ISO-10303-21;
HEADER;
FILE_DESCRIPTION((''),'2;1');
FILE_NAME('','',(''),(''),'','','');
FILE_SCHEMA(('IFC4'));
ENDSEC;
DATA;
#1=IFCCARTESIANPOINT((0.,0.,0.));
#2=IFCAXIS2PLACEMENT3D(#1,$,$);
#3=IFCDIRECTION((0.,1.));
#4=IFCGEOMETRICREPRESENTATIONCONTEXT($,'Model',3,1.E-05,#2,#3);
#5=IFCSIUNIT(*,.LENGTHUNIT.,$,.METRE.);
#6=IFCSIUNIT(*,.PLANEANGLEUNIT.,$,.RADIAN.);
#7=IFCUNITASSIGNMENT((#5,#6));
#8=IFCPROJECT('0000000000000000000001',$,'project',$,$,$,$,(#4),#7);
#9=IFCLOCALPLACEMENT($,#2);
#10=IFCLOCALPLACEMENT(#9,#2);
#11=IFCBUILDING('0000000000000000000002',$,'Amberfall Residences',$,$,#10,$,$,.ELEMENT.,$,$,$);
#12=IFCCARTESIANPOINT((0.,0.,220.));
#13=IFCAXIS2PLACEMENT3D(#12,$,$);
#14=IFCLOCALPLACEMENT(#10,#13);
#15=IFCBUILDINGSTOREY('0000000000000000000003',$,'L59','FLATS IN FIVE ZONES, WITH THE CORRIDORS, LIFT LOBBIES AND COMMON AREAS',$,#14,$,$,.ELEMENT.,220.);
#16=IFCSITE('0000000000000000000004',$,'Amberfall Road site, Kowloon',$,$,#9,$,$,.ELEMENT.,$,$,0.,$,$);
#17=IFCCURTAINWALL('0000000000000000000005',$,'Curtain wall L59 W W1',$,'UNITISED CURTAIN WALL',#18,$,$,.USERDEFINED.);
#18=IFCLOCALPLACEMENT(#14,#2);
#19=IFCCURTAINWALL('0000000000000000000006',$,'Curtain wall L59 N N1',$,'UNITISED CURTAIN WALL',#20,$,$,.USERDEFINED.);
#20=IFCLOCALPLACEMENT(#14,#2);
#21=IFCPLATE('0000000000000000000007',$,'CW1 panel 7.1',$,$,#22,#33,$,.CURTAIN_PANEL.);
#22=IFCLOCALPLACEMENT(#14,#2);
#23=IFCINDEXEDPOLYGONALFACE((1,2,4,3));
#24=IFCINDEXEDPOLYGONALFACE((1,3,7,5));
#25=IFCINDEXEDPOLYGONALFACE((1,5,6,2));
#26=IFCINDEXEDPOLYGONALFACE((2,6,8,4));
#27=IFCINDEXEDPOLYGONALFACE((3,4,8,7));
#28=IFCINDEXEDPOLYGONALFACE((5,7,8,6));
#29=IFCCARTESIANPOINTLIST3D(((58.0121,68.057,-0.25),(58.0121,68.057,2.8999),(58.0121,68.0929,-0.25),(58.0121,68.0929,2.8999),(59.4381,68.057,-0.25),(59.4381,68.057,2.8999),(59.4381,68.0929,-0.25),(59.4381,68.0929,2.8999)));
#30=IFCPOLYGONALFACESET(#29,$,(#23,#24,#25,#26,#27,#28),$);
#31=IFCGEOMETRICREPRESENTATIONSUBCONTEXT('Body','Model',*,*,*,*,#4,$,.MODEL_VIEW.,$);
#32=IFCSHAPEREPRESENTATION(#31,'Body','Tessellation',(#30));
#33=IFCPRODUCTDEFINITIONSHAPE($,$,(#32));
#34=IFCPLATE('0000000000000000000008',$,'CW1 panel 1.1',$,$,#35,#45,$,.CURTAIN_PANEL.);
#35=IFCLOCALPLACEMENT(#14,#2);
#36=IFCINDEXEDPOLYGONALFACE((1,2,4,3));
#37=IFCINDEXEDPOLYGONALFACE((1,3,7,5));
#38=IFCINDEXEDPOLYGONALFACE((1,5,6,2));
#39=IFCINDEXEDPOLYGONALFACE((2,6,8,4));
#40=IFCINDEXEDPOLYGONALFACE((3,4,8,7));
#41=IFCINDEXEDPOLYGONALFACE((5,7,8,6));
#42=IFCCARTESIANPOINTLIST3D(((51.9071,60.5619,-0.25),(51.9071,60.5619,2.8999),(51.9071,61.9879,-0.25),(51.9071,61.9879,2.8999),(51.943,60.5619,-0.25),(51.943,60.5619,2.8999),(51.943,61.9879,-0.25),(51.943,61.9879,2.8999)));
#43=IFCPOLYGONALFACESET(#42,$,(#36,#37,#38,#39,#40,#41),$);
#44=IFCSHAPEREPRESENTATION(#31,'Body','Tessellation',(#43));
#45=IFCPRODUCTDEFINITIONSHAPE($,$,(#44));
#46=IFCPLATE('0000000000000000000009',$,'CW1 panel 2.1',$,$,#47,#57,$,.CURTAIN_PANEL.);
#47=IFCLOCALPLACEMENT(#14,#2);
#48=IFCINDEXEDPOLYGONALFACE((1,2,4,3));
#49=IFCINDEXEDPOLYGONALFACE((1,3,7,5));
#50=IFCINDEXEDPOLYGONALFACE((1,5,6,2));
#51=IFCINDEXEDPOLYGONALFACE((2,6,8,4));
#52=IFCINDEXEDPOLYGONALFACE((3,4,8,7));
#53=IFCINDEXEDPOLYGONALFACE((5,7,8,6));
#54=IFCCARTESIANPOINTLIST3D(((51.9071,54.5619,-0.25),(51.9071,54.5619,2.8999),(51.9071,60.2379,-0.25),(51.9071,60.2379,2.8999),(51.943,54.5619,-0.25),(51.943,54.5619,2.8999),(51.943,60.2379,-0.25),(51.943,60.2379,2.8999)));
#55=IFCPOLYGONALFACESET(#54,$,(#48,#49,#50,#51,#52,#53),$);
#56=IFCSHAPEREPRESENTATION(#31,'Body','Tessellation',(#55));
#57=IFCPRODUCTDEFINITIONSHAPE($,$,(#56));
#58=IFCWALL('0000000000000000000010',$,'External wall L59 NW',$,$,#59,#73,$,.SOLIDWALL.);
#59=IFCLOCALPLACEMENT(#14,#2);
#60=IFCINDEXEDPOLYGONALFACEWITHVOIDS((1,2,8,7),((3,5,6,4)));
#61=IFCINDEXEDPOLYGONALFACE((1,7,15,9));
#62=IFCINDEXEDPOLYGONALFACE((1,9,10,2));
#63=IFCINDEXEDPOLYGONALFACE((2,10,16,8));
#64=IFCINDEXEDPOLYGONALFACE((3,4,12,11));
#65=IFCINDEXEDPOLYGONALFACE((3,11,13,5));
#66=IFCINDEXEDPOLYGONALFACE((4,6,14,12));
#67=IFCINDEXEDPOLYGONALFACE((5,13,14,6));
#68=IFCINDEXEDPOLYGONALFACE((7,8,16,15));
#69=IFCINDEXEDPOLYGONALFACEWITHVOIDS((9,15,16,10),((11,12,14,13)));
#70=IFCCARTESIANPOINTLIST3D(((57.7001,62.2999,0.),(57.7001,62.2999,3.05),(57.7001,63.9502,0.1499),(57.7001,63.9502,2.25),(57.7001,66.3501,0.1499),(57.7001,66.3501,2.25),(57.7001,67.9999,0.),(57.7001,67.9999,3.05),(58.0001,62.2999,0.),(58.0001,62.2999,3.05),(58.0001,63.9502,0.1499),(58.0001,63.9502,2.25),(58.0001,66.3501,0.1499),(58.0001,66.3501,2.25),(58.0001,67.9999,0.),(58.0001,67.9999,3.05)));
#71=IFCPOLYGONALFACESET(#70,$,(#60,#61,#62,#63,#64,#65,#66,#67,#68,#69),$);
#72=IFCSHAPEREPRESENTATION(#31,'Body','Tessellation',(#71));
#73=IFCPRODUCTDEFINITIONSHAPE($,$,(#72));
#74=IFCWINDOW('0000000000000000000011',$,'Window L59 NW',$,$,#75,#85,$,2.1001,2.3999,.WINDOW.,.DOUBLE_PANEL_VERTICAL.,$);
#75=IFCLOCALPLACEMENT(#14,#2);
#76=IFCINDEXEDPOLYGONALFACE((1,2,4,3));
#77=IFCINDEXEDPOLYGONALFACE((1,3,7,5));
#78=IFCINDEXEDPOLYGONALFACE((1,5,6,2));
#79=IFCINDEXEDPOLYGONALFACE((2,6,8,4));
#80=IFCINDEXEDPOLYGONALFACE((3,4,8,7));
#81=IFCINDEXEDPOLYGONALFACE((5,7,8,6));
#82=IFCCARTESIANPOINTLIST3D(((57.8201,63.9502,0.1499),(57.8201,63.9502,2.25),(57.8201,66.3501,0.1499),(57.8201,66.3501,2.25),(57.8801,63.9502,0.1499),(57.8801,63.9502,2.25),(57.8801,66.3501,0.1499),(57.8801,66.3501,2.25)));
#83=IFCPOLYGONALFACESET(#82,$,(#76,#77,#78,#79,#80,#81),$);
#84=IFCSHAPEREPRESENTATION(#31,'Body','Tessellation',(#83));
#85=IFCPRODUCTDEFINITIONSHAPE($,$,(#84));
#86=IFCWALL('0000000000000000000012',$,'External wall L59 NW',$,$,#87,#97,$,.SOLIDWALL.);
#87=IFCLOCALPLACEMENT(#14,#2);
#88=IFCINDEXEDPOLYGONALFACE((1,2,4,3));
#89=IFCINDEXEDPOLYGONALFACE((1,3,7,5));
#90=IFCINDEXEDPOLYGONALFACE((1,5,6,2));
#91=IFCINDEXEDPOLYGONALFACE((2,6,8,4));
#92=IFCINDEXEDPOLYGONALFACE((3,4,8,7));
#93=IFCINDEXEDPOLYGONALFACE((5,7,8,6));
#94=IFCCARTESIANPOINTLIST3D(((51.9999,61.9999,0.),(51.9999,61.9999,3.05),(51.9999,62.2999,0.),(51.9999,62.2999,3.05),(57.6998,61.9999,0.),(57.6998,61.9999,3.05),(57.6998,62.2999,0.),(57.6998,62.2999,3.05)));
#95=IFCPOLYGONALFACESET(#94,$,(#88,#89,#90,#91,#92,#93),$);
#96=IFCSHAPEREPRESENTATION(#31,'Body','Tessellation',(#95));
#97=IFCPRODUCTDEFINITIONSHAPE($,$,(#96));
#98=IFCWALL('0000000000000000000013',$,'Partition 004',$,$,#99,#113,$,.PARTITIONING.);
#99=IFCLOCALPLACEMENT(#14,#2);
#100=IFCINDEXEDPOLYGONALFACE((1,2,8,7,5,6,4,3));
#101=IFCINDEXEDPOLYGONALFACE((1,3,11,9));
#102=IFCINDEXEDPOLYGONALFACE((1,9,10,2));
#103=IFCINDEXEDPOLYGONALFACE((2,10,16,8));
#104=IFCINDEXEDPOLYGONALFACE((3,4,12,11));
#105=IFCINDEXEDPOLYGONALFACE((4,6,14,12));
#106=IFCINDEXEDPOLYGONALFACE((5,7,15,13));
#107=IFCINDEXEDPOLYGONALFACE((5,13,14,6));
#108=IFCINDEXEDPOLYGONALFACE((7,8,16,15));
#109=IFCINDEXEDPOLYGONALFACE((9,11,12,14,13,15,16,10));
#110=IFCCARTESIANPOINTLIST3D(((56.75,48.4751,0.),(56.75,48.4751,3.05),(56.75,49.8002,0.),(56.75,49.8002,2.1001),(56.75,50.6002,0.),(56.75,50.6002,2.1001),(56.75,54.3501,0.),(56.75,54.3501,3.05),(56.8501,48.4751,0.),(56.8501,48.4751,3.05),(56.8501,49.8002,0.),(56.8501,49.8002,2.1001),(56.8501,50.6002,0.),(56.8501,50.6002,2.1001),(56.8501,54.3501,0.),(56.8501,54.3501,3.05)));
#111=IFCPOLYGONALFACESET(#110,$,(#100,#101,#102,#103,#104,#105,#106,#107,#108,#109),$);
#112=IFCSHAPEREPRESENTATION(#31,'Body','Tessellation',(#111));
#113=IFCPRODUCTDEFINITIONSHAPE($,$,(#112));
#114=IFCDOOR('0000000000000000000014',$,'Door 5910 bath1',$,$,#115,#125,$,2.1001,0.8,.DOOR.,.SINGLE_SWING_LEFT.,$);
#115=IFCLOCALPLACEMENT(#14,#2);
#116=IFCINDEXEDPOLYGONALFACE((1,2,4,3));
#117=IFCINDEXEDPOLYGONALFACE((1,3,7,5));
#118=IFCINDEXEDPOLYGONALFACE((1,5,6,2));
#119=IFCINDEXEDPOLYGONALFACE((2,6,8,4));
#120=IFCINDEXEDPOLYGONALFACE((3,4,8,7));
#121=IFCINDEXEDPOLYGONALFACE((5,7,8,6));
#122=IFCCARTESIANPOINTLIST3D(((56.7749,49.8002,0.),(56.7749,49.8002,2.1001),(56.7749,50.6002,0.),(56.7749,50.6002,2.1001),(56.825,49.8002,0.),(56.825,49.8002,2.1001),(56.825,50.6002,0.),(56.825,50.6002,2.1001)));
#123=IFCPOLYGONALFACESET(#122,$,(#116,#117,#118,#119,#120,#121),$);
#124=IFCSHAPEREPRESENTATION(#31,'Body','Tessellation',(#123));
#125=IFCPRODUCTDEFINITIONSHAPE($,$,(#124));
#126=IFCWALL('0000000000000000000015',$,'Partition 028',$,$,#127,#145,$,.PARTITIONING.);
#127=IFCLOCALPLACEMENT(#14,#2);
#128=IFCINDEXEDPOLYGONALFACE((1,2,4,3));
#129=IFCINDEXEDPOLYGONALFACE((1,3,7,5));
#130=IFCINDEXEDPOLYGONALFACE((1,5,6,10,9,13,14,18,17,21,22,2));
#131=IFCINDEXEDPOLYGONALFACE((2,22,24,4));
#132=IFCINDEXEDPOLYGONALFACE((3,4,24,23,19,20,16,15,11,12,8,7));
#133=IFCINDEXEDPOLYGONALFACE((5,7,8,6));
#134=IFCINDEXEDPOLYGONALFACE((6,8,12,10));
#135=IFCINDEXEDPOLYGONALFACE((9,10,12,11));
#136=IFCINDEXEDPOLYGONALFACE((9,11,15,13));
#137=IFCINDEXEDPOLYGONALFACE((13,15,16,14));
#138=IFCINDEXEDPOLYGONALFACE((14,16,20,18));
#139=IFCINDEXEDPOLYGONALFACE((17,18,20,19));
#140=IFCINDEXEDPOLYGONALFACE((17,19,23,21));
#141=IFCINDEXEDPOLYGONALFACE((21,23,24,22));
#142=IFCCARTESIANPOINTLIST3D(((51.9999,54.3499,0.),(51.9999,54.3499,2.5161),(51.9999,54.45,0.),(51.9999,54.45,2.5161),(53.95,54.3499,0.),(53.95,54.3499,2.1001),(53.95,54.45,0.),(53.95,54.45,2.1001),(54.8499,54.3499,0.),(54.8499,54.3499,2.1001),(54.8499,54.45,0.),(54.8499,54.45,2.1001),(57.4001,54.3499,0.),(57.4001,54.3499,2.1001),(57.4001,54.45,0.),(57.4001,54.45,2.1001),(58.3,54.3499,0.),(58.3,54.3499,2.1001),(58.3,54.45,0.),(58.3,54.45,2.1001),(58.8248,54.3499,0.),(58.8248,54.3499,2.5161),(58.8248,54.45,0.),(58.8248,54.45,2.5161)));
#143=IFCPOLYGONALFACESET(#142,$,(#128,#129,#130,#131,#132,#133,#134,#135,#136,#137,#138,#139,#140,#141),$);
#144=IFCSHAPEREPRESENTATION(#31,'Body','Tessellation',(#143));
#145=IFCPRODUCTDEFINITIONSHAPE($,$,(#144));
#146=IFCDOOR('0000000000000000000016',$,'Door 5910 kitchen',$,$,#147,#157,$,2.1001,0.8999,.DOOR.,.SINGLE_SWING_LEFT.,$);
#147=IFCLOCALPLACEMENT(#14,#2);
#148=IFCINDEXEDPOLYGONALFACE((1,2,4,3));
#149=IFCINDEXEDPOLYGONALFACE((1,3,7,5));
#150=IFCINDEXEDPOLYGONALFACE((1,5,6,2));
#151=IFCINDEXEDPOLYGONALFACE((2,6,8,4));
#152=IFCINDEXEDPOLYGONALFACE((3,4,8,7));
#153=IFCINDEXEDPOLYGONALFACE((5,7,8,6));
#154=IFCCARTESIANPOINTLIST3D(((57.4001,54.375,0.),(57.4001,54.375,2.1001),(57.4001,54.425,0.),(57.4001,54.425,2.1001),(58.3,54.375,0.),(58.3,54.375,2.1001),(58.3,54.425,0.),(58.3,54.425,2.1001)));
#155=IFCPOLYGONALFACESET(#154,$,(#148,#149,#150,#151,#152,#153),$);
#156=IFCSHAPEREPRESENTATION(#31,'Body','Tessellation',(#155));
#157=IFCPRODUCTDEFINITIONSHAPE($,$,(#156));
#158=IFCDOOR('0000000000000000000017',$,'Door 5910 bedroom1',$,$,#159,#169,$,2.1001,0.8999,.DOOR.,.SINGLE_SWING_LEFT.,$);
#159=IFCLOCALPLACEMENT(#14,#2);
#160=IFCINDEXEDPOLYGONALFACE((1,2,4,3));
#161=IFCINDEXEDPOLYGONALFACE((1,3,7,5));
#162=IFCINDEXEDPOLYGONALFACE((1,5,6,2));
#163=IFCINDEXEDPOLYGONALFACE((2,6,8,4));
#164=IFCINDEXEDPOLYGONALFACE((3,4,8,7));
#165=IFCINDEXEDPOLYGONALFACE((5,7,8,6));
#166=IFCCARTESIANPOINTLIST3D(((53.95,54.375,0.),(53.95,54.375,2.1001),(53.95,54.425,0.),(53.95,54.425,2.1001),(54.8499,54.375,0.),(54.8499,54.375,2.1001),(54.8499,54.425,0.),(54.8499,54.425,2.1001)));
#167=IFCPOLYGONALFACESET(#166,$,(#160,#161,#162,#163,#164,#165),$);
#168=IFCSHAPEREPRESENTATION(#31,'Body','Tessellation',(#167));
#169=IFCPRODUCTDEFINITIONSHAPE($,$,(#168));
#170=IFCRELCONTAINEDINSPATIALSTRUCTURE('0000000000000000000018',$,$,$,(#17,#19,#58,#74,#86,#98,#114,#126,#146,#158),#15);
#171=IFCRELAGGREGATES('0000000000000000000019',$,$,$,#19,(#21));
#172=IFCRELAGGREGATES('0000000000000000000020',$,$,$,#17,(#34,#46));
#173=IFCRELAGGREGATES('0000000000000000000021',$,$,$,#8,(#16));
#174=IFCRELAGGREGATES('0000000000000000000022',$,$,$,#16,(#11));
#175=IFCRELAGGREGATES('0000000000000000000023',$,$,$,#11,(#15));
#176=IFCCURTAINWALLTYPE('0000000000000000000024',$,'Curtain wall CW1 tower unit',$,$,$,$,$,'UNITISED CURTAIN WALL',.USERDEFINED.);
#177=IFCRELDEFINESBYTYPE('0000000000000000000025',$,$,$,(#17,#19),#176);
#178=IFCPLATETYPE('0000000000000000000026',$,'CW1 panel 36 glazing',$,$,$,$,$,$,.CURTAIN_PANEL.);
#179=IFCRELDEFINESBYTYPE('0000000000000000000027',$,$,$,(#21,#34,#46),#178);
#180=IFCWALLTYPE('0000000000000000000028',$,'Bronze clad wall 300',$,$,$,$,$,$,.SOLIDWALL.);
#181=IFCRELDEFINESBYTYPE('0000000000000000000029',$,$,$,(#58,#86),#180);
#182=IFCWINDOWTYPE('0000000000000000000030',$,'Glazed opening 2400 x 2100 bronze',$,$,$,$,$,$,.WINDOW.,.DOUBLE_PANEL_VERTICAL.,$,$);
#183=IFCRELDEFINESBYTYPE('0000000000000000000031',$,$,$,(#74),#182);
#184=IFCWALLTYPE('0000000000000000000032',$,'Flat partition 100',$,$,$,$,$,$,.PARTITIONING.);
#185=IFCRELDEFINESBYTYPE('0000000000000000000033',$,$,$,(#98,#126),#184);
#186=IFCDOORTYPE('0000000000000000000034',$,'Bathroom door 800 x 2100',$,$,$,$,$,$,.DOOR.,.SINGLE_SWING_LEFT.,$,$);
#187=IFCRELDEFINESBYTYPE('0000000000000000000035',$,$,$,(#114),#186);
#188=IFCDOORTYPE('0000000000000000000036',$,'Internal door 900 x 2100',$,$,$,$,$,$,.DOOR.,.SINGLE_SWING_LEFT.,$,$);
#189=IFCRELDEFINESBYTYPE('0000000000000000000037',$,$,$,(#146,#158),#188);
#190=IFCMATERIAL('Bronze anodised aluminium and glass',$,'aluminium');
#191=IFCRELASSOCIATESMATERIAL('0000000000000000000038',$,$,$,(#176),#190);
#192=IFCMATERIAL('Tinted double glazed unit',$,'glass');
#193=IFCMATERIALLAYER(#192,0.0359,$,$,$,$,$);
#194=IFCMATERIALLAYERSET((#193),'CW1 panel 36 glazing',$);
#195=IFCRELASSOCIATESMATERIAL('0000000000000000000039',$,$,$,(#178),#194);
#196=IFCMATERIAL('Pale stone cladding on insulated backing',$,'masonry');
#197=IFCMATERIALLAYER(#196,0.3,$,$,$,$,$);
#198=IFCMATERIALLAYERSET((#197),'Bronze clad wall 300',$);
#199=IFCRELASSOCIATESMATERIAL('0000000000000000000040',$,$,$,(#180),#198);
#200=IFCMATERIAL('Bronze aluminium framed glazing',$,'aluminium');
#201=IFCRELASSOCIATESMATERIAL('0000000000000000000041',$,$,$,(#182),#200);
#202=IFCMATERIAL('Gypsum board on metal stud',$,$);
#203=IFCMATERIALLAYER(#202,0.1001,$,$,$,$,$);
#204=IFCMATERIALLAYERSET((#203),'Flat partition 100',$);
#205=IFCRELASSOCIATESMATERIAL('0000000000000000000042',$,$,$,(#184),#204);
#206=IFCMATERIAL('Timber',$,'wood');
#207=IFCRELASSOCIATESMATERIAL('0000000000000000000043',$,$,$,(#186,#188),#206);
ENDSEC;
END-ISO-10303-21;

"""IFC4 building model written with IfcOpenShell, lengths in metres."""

from ifc_helpers import new_model, si_unit, direction, frame, frame_2d, origin, origin_2d, place, context, subcontext, project, spatial, rectangle, extrude, material, layer, layer_set, type_object, element, fill, aggregate, save


model = new_model("IFC4")

# Units and contexts
model_context = context("Model", 3, precision=1e-05, world=origin(), true_north=direction((0.0, 1.0)))
body_context = subcontext(model_context, "Body", "Model", "MODEL_VIEW")
ifc_project = project(units=[si_unit("LENGTHUNIT", "METRE"), si_unit("PLANEANGLEUNIT", "RADIAN")], contexts=[model_context])

# Site, building, storey
site_placement = place(None, origin())
site = spatial("IfcSite", under=ifc_project, at=site_placement, Name="Amberfall Road site, Kowloon", CompositionType="ELEMENT", RefElevation=0.0)
building_placement = place(site_placement, origin())
building = spatial("IfcBuilding", under=site, at=building_placement, Name="Amberfall Residences", CompositionType="ELEMENT")
storey_placement = place(building_placement, frame((0.0, 0.0, 220.0)))
storey = spatial("IfcBuildingStorey", under=building, at=storey_placement, Name="L59", Description="FLATS IN FIVE ZONES, WITH THE CORRIDORS, LIFT LOBBIES AND COMMON AREAS", CompositionType="ELEMENT", Elevation=220.0)

# Curtain wall
ifc_material_1 = material(Name="Bronze anodised aluminium and glass", Category="aluminium")
curtain_wall_type = type_object("IfcCurtainWallType", Name="Curtain wall CW1 tower unit", ElementType="UNITISED CURTAIN WALL", PredefinedType="USERDEFINED", material=ifc_material_1)
curtain_wall_1_placement = place(storey_placement, origin())
curtain_wall_1 = element("IfcCurtainWall", 1, at=curtain_wall_1_placement, inside=storey, type_object=curtain_wall_type, Name="Curtain wall L59 W W1", ObjectType="UNITISED CURTAIN WALL", PredefinedType="USERDEFINED")

# Curtain wall
curtain_wall_2_placement = place(storey_placement, origin())
curtain_wall_2 = element("IfcCurtainWall", 2, at=curtain_wall_2_placement, inside=storey, type_object=curtain_wall_type, Name="Curtain wall L59 N N1", ObjectType="UNITISED CURTAIN WALL", PredefinedType="USERDEFINED")

# Plates
ifc_material_2 = material(Name="Tinted double glazed unit", Category="glass")
ifc_layer_1 = layer(ifc_material_2, 0.0359)
ifc_layer_set_1 = layer_set([ifc_layer_1], Name="CW1 panel 36 glazing")
plate_type = type_object("IfcPlateType", Name="CW1 panel 36 glazing", PredefinedType="CURTAIN_PANEL", material=ifc_layer_set_1)
plate_1_placement = place(storey_placement, frame((58.7251, 68.075, -0.25), z_axis=(0.0, 0.0, 1.0), x_axis=(-1.0, 0.0, 0.0)))
plate_1 = element("IfcPlate", 3, at=plate_1_placement, type_object=plate_type, Name="CW1 panel 7.1", PredefinedType="CURTAIN_PANEL", context=body_context, shape_type="SweptSolid", body=[
    extrude(rectangle(XDim=1.426, YDim=0.0359, at=origin_2d()), origin(), (0.0, 0.0, 1.0), 3.1499),
])
aggregate(curtain_wall_2, [plate_1])
plate_2_placement = place(storey_placement, frame((51.925, 61.2749, -0.25), z_axis=(0.0, 0.0, 1.0), x_axis=(0.0, -1.0, 0.0)))
plate_2 = element("IfcPlate", 4, at=plate_2_placement, type_object=plate_type, Name="CW1 panel 1.1", PredefinedType="CURTAIN_PANEL", context=body_context, shape_type="SweptSolid", body=[
    extrude(rectangle(XDim=1.426, YDim=0.0359, at=origin_2d()), origin(), (0.0, 0.0, 1.0), 3.1499),
])
plate_3_placement = place(storey_placement, frame((51.925, 57.3999, -0.25), z_axis=(0.0, 0.0, 1.0), x_axis=(0.0, -1.0, 0.0)))
plate_3 = element("IfcPlate", 5, at=plate_3_placement, type_object=plate_type, Name="CW1 panel 2.1", PredefinedType="CURTAIN_PANEL", context=body_context, shape_type="SweptSolid", body=[
    extrude(rectangle(XDim=5.676, YDim=0.0359, at=origin_2d()), origin(), (0.0, 0.0, 1.0), 3.1499),
])
aggregate(curtain_wall_1, [plate_2, plate_3])

# Wall, opening, window
ifc_material_3 = material(Name="Pale stone cladding on insulated backing", Category="masonry")
ifc_layer_2 = layer(ifc_material_3, 0.3)
ifc_layer_set_2 = layer_set([ifc_layer_2], Name="Bronze clad wall 300")
wall_type_1 = type_object("IfcWallType", Name="Bronze clad wall 300", PredefinedType="SOLIDWALL", material=ifc_layer_set_2)
wall_1_placement = place(storey_placement, frame((57.8501, 68.0, 0.0), z_axis=(0.0, 0.0, 1.0), x_axis=(0.0, -1.0, 0.0)))
wall_1 = element("IfcWall", 6, at=wall_1_placement, inside=storey, type_object=wall_type_1, Name="External wall L59 NW", PredefinedType="SOLIDWALL", context=body_context, shape_type="SweptSolid", body=[
    extrude(rectangle(XDim=5.7, YDim=0.3, at=frame_2d((2.8501, 0.0))), origin(), (0.0, 0.0, 1.0), 3.05),
])
opening_1_placement = place(wall_1_placement, frame((1.6499, 0.0, 0.1499)))
opening_1 = element("IfcOpeningElement", 7, at=opening_1_placement, cuts=wall_1, PredefinedType="OPENING", context=body_context, shape_type="SweptSolid", body=[
    extrude(rectangle(XDim=2.3999, YDim=2.1001, at=frame_2d((1.2, 1.05))), frame((0.0, 0.1599, 0.0), z_axis=(0.0, -1.0, 0.0), x_axis=(1.0, 0.0, 0.0)), (0.0, 0.0, 1.0), 0.3201),
])
ifc_material_4 = material(Name="Bronze aluminium framed glazing", Category="aluminium")
window_type = type_object("IfcWindowType", Name="Glazed opening 2400 x 2100 bronze", PartitioningType="DOUBLE_PANEL_VERTICAL", PredefinedType="WINDOW", material=ifc_material_4)
window_placement = place(opening_1_placement, origin())
window = element("IfcWindow", 8, at=window_placement, inside=storey, type_object=window_type, Name="Window L59 NW", OverallHeight=2.1001, OverallWidth=2.3999, PartitioningType="DOUBLE_PANEL_VERTICAL", PredefinedType="WINDOW", context=body_context, shape_type="SweptSolid", body=[
    extrude(rectangle(XDim=2.3999, YDim=2.1001, at=frame_2d((1.2, 1.05))), frame((0.0, 0.03, 0.0), z_axis=(0.0, -1.0, 0.0), x_axis=(1.0, 0.0, 0.0)), (0.0, 0.0, 1.0), 0.0601),
])
fill(opening_1, window)

# Wall
wall_2_placement = place(storey_placement, frame((57.7, 62.1499, 0.0), z_axis=(0.0, 0.0, 1.0), x_axis=(-1.0, 0.0, 0.0)))
element("IfcWall", 9, at=wall_2_placement, inside=storey, type_object=wall_type_1, Name="External wall L59 NW", PredefinedType="SOLIDWALL", context=body_context, shape_type="SweptSolid", body=[
    extrude(rectangle(XDim=5.7, YDim=0.3, at=frame_2d((2.8501, 0.0))), origin(), (0.0, 0.0, 1.0), 3.05),
])

# Wall, opening, door
ifc_material_5 = material(Name="Gypsum board on metal stud")
ifc_layer_3 = layer(ifc_material_5, 0.1001)
ifc_layer_set_3 = layer_set([ifc_layer_3], Name="Flat partition 100")
wall_type_2 = type_object("IfcWallType", Name="Flat partition 100", PredefinedType="PARTITIONING", material=ifc_layer_set_3)
wall_3_placement = place(storey_placement, frame((56.8, 54.3501, 0.0), z_axis=(0.0, 0.0, 1.0), x_axis=(0.0, -1.0, 0.0)))
wall_3 = element("IfcWall", 10, at=wall_3_placement, inside=storey, type_object=wall_type_2, Name="Partition 004", PredefinedType="PARTITIONING", context=body_context, shape_type="SweptSolid", body=[
    extrude(rectangle(XDim=5.875, YDim=0.1001, at=frame_2d((2.9375, 0.0))), origin(), (0.0, 0.0, 1.0), 3.05),
])
opening_2_placement = place(wall_3_placement, frame((3.75, 0.0, 0.0)))
opening_2 = element("IfcOpeningElement", 11, at=opening_2_placement, cuts=wall_3, PredefinedType="OPENING", context=body_context, shape_type="SweptSolid", body=[
    extrude(rectangle(XDim=0.8, YDim=2.1001, at=frame_2d((0.3999, 1.05))), frame((0.0, 0.0601, 0.0), z_axis=(0.0, -1.0, 0.0), x_axis=(1.0, 0.0, 0.0)), (0.0, 0.0, 1.0), 0.1201),
])
ifc_material_6 = material(Name="Timber", Category="wood")
door_type_1 = type_object("IfcDoorType", Name="Bathroom door 800 x 2100", OperationType="SINGLE_SWING_LEFT", PredefinedType="DOOR", material=ifc_material_6)
door_1_placement = place(opening_2_placement, origin())
door_1 = element("IfcDoor", 12, at=door_1_placement, inside=storey, type_object=door_type_1, Name="Door 5910 bath1", OperationType="SINGLE_SWING_LEFT", OverallHeight=2.1001, OverallWidth=0.8, PredefinedType="DOOR", context=body_context, shape_type="SweptSolid", body=[
    extrude(rectangle(XDim=0.8, YDim=2.1001, at=frame_2d((0.3999, 1.05))), frame((0.0, 0.0249, 0.0), z_axis=(0.0, -1.0, 0.0), x_axis=(1.0, 0.0, 0.0)), (0.0, 0.0, 1.0), 0.05),
])
fill(opening_2, door_1)

# Wall, openings, doors
wall_4_placement = place(storey_placement, frame((58.825, 54.3999, 0.0), z_axis=(0.0, 0.0, 1.0), x_axis=(-1.0, 0.0, 0.0)))
wall_4 = element("IfcWall", 13, at=wall_4_placement, inside=storey, type_object=wall_type_2, Name="Partition 028", PredefinedType="PARTITIONING", context=body_context, shape_type="SweptSolid", body=[
    extrude(rectangle(XDim=6.825, YDim=0.1001, at=frame_2d((3.4126, 0.0))), origin(), (0.0, 0.0, 1.0), 2.5161),
])
opening_3_placement = place(wall_4_placement, frame((0.5249, 0.0, 0.0)))
opening_3 = element("IfcOpeningElement", 14, at=opening_3_placement, cuts=wall_4, PredefinedType="OPENING", context=body_context, shape_type="SweptSolid", body=[
    extrude(rectangle(XDim=0.8999, YDim=2.1001, at=frame_2d((0.45, 1.05))), frame((0.0, 0.0601, 0.0), z_axis=(0.0, -1.0, 0.0), x_axis=(1.0, 0.0, 0.0)), (0.0, 0.0, 1.0), 0.1201),
])
opening_4_placement = place(wall_4_placement, frame((3.9751, 0.0, 0.0)))
opening_4 = element("IfcOpeningElement", 15, at=opening_4_placement, cuts=wall_4, PredefinedType="OPENING", context=body_context, shape_type="SweptSolid", body=[
    extrude(rectangle(XDim=0.8999, YDim=2.1001, at=frame_2d((0.45, 1.05))), frame((0.0, 0.0601, 0.0), z_axis=(0.0, -1.0, 0.0), x_axis=(1.0, 0.0, 0.0)), (0.0, 0.0, 1.0), 0.1201),
])
door_type_2 = type_object("IfcDoorType", Name="Internal door 900 x 2100", OperationType="SINGLE_SWING_LEFT", PredefinedType="DOOR", material=ifc_material_6)
door_2_placement = place(opening_3_placement, origin())
door_2 = element("IfcDoor", 16, at=door_2_placement, inside=storey, type_object=door_type_2, Name="Door 5910 kitchen", OperationType="SINGLE_SWING_LEFT", OverallHeight=2.1001, OverallWidth=0.8999, PredefinedType="DOOR", context=body_context, shape_type="SweptSolid", body=[
    extrude(rectangle(XDim=0.8999, YDim=2.1001, at=frame_2d((0.45, 1.05))), frame((0.0, 0.0249, 0.0), z_axis=(0.0, -1.0, 0.0), x_axis=(1.0, 0.0, 0.0)), (0.0, 0.0, 1.0), 0.05),
])
fill(opening_3, door_2)
door_3_placement = place(opening_4_placement, origin())
door_3 = element("IfcDoor", 17, at=door_3_placement, inside=storey, type_object=door_type_2, Name="Door 5910 bedroom1", OperationType="SINGLE_SWING_LEFT", OverallHeight=2.1001, OverallWidth=0.8999, PredefinedType="DOOR", context=body_context, shape_type="SweptSolid", body=[
    extrude(rectangle(XDim=0.8999, YDim=2.1001, at=frame_2d((0.45, 1.05))), frame((0.0, 0.0249, 0.0), z_axis=(0.0, -1.0, 0.0), x_axis=(1.0, 0.0, 0.0)), (0.0, 0.0, 1.0), 0.05),
])
fill(opening_4, door_3)

save(model, "model.ifc")
